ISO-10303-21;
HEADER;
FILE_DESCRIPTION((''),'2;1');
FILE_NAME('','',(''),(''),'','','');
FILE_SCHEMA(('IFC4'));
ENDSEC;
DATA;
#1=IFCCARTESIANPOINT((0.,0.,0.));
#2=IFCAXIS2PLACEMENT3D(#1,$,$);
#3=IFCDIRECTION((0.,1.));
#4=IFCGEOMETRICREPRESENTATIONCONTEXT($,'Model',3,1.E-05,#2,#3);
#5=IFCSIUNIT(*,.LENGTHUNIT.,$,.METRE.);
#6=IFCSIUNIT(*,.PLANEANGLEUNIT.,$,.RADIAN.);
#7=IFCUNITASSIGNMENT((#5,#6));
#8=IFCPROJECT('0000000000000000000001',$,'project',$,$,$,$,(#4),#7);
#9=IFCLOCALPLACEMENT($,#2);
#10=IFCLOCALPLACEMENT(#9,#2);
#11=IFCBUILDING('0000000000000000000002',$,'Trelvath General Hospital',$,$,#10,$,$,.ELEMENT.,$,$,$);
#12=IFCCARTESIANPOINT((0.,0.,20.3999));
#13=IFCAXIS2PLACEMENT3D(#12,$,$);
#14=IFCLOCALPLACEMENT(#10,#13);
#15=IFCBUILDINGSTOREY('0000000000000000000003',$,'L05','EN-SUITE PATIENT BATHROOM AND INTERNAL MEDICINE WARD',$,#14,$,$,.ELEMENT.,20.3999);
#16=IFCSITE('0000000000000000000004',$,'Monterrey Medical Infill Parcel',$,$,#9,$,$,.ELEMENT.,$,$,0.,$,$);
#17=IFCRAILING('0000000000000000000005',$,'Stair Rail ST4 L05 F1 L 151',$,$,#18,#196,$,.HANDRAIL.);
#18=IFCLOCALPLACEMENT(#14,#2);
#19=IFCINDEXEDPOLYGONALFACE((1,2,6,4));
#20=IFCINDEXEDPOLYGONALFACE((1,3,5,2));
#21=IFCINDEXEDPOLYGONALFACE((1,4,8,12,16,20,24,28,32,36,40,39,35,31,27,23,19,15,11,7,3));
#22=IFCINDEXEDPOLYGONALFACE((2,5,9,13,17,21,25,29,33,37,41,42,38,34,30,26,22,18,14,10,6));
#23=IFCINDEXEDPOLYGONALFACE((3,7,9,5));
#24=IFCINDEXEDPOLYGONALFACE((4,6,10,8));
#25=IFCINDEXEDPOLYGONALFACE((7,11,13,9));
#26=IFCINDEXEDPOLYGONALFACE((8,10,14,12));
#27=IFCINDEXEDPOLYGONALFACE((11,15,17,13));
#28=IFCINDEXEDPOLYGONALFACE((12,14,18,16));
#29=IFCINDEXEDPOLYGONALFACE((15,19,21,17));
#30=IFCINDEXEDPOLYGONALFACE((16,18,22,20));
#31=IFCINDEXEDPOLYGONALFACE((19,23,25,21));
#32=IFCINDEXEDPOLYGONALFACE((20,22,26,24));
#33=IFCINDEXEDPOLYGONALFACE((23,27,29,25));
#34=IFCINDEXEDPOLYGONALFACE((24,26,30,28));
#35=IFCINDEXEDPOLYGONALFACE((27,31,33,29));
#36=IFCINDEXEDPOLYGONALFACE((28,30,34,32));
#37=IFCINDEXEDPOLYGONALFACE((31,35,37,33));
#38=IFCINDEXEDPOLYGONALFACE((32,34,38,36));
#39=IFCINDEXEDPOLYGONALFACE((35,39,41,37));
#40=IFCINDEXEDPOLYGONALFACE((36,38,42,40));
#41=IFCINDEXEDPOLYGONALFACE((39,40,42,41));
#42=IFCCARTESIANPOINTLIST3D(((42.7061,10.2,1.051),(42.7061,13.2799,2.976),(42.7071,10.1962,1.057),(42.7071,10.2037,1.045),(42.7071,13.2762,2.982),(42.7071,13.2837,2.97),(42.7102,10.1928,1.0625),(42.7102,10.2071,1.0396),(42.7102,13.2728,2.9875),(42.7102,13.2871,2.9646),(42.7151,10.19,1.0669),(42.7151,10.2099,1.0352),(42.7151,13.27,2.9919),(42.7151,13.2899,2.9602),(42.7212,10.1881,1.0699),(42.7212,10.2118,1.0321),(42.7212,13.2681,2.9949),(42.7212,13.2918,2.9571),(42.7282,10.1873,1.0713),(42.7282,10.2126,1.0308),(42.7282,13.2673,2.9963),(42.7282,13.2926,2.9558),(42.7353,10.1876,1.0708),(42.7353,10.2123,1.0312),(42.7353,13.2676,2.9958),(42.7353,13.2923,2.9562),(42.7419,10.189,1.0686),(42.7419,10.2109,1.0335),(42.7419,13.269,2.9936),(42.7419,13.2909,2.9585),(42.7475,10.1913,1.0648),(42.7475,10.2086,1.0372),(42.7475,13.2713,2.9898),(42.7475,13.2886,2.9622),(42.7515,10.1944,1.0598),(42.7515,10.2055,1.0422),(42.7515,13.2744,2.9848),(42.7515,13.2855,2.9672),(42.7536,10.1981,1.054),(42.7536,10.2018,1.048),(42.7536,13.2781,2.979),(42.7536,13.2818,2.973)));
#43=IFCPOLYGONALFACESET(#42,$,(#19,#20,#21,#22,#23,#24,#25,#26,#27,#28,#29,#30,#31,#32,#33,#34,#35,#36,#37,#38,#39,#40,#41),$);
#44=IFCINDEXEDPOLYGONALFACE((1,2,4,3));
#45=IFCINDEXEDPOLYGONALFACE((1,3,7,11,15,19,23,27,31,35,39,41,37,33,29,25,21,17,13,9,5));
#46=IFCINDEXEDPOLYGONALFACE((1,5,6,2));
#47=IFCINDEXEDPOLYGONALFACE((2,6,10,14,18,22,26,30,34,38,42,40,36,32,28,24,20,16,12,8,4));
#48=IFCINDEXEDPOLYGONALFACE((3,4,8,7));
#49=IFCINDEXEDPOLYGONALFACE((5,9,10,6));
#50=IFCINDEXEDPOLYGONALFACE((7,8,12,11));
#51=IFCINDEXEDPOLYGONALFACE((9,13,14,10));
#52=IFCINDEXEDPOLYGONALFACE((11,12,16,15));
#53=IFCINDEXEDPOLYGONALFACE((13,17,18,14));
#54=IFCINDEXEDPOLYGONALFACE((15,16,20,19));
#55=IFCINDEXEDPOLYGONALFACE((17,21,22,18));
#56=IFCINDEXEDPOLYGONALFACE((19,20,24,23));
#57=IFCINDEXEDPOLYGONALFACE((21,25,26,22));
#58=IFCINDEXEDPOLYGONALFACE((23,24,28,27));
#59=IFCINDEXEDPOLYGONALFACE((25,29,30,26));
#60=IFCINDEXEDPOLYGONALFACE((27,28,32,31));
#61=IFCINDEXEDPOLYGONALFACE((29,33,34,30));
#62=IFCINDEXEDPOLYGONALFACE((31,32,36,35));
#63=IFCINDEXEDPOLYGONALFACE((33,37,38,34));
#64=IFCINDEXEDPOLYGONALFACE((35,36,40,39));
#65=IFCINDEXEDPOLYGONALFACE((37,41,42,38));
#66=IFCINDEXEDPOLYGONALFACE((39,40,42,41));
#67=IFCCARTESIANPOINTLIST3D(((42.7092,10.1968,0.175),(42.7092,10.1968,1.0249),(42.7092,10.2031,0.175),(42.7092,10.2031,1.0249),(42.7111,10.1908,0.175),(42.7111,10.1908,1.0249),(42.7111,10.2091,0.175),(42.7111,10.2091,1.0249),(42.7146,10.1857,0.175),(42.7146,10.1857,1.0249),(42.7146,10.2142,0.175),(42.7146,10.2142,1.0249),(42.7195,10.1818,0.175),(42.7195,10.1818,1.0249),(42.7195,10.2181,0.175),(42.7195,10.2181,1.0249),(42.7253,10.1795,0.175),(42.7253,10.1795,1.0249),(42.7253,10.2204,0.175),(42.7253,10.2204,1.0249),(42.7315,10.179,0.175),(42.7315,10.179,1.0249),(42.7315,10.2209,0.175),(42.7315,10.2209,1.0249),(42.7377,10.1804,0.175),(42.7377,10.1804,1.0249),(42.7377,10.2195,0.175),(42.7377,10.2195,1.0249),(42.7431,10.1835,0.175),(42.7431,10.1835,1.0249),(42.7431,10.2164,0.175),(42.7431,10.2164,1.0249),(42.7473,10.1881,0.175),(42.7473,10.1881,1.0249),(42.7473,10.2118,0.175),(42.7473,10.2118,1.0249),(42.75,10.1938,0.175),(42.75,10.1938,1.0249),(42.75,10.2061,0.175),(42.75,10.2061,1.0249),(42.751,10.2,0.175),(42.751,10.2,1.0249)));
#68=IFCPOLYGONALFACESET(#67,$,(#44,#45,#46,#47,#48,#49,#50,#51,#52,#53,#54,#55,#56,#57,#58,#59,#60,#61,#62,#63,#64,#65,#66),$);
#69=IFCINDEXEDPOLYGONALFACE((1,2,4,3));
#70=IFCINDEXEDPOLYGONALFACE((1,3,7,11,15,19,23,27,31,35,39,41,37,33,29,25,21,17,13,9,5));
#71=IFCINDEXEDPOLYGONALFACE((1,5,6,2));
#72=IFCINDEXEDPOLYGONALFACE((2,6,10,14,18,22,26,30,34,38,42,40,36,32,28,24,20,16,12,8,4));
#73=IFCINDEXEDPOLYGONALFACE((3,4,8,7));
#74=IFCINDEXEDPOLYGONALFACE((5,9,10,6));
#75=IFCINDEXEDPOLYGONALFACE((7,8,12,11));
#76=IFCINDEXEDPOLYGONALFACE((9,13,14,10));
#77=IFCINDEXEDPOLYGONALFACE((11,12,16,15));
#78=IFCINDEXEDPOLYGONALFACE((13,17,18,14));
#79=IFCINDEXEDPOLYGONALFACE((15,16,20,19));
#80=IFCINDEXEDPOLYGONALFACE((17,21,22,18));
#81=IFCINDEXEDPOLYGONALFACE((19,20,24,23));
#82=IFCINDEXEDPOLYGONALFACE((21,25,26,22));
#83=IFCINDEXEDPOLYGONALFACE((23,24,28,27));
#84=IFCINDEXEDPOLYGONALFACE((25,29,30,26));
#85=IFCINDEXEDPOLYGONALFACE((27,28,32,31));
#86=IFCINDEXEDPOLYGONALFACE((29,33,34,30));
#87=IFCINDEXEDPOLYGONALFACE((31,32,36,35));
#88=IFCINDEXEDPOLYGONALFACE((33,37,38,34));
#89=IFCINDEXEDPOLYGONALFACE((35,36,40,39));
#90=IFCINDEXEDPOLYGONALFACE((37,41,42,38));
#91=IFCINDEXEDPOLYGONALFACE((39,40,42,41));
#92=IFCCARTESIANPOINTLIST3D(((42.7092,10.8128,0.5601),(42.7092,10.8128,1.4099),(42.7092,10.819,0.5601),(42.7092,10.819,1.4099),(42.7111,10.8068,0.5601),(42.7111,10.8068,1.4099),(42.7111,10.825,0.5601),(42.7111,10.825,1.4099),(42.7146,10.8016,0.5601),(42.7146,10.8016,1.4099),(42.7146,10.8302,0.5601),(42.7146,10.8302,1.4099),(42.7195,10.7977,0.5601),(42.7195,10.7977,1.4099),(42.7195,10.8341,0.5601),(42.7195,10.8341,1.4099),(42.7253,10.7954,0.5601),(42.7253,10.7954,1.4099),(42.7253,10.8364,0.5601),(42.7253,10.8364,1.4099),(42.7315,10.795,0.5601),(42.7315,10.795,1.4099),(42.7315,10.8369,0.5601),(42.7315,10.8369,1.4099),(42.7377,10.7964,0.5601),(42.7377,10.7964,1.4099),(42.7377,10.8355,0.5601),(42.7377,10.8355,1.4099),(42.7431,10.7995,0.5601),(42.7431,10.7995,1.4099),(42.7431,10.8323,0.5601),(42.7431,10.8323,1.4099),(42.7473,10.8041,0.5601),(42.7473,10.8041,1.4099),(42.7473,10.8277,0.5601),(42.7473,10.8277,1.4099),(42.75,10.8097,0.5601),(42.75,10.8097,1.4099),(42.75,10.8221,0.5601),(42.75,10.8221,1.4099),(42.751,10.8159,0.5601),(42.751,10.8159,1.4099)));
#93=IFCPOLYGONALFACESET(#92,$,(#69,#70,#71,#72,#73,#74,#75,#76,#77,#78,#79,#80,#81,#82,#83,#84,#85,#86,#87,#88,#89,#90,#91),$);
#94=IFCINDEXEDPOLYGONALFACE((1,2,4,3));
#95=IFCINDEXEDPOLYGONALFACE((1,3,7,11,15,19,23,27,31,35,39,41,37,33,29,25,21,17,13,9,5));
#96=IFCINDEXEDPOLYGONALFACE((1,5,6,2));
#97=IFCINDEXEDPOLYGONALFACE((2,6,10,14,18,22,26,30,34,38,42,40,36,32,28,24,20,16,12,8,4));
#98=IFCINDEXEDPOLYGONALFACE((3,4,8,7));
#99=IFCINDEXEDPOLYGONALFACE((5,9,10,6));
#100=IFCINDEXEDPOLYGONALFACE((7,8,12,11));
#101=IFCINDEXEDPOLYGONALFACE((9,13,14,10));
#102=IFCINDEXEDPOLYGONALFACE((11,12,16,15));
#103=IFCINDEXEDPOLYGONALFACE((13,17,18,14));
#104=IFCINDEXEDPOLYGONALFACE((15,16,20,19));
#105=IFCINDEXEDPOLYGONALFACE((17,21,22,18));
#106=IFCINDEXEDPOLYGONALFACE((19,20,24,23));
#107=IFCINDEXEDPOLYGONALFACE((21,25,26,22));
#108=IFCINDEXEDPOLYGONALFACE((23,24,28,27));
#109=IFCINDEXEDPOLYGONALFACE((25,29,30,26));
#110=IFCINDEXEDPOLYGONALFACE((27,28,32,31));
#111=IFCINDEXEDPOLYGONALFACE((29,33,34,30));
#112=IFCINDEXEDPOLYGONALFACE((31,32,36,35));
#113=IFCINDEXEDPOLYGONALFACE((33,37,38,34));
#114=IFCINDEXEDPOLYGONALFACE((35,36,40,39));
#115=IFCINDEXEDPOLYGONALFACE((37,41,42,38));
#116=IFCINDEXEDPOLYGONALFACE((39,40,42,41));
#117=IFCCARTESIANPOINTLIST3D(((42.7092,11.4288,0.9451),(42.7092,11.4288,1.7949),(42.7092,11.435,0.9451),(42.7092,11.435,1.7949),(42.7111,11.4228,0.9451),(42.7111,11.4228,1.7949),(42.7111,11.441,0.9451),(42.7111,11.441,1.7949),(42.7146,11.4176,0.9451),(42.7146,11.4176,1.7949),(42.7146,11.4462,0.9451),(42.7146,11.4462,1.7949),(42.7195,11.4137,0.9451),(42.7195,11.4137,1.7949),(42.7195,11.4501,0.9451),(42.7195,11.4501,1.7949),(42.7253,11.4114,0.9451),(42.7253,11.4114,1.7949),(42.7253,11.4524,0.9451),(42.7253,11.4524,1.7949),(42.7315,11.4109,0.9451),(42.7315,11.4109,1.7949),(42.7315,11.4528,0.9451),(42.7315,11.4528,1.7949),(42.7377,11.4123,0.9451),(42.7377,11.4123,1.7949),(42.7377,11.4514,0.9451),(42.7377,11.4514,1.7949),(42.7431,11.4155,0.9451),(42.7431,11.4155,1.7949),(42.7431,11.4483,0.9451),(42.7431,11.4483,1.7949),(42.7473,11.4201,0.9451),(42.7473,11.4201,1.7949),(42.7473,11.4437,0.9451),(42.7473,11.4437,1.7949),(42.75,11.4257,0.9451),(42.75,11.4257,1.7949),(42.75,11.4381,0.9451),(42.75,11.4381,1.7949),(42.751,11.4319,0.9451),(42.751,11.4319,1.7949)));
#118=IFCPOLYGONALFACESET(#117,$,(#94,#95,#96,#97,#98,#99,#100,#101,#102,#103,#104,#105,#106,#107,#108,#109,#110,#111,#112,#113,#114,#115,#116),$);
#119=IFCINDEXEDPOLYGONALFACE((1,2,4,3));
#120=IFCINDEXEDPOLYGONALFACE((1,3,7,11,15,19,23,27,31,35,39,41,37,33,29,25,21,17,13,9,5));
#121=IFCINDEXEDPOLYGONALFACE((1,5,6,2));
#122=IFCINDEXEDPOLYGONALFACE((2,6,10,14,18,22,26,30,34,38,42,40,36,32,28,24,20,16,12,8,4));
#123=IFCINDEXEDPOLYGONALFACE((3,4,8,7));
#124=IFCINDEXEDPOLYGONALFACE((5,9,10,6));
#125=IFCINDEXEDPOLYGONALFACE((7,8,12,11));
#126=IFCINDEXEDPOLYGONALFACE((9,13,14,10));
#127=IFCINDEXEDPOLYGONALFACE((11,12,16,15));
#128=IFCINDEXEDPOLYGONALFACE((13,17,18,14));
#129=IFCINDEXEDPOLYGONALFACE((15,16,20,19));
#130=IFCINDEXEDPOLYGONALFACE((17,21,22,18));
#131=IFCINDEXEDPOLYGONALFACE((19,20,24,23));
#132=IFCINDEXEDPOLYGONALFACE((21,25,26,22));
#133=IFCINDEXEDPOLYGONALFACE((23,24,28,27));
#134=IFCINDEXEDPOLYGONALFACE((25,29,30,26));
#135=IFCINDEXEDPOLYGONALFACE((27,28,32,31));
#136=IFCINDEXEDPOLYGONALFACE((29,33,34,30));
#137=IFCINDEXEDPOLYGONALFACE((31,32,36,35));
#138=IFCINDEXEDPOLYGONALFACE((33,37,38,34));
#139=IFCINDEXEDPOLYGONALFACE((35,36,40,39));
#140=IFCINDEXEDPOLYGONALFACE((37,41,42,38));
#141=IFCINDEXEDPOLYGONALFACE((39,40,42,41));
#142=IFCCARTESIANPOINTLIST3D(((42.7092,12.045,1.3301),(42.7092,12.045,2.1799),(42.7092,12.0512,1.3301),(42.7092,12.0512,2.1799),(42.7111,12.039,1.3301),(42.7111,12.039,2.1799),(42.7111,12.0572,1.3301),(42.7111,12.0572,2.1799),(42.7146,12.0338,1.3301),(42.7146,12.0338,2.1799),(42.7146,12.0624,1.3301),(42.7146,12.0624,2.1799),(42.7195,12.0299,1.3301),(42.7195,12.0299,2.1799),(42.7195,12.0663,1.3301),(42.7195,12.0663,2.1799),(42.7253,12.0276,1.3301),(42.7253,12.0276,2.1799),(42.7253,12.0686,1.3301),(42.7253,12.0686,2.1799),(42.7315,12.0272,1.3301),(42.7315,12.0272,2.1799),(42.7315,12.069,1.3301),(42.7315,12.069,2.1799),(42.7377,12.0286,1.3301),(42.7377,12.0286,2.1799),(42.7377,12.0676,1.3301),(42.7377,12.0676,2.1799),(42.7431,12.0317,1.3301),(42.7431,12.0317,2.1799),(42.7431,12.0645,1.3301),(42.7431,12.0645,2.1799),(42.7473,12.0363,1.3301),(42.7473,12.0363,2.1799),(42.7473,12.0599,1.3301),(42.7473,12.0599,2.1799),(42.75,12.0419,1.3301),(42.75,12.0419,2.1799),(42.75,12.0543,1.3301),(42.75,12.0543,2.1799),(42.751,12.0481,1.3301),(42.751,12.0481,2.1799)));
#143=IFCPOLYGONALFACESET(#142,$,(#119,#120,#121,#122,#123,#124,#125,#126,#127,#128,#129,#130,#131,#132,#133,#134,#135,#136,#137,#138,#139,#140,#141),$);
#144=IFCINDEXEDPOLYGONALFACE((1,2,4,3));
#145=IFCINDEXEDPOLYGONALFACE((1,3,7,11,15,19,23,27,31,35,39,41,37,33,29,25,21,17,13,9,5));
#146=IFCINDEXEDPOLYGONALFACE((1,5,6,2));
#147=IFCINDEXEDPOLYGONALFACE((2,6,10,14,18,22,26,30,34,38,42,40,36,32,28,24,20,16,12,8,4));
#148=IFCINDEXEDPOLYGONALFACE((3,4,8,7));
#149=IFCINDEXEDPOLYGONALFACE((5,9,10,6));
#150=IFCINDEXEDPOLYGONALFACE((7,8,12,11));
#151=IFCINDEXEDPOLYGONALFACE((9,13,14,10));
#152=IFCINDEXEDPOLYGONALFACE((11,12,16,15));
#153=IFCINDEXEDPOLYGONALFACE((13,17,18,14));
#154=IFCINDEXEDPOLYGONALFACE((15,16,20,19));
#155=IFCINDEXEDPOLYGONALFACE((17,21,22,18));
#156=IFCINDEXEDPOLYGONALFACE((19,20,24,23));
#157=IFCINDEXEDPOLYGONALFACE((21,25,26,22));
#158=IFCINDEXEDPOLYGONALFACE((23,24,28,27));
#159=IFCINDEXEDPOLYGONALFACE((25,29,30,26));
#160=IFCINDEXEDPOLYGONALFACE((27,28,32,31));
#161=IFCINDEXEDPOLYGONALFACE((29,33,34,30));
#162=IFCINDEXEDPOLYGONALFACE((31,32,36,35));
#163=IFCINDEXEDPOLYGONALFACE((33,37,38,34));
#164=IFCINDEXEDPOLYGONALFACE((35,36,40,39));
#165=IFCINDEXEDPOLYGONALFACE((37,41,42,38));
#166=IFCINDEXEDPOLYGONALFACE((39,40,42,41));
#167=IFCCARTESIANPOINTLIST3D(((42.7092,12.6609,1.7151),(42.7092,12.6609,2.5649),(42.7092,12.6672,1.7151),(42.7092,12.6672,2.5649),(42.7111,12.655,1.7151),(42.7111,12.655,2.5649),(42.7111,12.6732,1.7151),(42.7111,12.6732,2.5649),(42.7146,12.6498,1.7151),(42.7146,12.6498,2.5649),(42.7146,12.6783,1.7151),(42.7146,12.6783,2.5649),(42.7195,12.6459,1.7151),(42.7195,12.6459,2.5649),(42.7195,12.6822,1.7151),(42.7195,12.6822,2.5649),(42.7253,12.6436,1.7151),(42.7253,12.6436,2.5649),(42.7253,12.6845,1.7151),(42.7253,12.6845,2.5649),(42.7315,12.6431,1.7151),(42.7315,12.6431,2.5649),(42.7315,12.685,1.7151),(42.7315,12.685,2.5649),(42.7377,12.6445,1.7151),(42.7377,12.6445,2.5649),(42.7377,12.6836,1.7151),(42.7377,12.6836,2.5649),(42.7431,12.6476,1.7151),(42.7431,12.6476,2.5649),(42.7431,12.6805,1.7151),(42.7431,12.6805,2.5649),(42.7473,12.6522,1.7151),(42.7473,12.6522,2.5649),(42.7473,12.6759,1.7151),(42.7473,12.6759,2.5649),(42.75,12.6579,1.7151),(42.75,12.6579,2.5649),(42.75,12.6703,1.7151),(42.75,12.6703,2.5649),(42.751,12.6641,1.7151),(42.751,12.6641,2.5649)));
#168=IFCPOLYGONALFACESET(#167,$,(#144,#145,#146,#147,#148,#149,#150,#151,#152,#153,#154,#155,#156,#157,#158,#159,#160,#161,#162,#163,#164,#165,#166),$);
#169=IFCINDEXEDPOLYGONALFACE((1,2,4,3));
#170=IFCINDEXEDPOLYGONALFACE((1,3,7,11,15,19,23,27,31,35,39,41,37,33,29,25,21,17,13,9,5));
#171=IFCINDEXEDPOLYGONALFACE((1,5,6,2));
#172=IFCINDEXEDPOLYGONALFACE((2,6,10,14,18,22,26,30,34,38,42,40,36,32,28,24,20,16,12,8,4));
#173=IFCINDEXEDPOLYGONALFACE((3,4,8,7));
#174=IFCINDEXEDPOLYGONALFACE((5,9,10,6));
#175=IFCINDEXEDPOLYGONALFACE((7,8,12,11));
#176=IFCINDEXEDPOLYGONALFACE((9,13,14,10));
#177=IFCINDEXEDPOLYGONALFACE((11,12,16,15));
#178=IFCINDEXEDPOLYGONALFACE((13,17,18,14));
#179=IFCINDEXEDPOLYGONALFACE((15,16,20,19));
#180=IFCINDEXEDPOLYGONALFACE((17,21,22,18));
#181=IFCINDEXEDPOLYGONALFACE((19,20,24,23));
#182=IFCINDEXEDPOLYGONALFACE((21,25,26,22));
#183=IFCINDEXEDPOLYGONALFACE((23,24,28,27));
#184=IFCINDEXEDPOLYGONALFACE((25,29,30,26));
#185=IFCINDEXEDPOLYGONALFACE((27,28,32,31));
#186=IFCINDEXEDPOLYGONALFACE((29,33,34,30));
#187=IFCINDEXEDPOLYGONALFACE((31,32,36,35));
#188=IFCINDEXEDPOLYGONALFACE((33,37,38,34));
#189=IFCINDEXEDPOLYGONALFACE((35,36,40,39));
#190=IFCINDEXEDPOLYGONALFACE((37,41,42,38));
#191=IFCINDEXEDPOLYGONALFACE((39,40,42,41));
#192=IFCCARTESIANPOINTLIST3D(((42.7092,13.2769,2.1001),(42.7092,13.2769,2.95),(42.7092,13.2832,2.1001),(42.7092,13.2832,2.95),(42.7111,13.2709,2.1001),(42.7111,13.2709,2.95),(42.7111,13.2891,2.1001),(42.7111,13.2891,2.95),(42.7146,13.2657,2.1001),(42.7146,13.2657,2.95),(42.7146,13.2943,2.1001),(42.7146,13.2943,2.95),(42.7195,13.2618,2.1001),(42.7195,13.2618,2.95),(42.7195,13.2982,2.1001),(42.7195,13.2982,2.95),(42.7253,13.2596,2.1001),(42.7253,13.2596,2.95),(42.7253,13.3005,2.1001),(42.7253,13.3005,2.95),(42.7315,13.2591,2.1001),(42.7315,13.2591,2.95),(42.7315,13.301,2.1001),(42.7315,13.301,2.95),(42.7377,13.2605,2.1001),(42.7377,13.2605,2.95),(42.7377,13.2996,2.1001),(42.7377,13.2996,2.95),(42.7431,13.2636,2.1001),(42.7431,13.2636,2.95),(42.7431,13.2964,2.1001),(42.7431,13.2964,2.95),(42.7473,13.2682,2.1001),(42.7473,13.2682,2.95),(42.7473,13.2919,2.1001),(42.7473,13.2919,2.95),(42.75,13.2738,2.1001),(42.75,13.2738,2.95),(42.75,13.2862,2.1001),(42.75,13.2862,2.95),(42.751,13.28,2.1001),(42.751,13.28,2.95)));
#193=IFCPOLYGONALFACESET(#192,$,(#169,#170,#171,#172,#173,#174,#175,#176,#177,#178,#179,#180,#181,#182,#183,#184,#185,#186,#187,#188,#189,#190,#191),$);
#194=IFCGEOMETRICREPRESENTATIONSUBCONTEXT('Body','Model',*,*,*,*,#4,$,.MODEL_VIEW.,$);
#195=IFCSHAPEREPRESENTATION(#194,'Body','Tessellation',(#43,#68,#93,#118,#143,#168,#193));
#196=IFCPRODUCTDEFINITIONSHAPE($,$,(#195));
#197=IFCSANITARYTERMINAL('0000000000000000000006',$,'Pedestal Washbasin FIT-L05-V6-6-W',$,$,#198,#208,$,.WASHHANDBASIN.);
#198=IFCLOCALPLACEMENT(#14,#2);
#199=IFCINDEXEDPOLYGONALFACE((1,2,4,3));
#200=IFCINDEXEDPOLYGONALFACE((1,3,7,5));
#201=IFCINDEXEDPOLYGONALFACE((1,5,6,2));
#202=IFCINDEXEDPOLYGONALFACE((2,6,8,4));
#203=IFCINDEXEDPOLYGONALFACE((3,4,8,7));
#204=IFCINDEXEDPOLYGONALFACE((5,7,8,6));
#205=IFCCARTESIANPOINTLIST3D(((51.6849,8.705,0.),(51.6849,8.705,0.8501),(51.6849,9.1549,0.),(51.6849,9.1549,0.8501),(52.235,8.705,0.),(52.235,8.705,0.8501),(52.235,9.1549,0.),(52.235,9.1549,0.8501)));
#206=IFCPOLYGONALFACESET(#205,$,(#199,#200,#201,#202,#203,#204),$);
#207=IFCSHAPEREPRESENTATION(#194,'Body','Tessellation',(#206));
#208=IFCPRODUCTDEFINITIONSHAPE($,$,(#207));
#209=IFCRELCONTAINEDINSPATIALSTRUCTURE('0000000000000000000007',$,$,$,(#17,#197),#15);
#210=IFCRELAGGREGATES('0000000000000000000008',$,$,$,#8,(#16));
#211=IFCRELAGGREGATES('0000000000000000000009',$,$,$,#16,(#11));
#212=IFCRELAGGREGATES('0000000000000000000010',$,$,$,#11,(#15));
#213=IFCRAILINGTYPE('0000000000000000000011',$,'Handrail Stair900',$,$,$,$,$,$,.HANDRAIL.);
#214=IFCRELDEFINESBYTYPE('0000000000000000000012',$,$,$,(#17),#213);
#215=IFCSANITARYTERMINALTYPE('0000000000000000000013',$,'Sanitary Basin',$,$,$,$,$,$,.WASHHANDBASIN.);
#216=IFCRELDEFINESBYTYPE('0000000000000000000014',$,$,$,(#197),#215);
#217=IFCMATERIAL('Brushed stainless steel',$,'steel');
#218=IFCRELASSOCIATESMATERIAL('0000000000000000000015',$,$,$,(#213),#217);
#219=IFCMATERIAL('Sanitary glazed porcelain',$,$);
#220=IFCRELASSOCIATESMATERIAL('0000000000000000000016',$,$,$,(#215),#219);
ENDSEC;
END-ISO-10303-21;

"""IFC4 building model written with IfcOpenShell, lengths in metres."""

from ifc_helpers import new_model, si_unit, direction, frame, origin, origin_2d, place, context, subcontext, project, spatial, rectangle, circle, extrude, material, type_object, element, save


model = new_model("IFC4")

# Units and contexts
model_context = context("Model", 3, precision=1e-05, world=origin(), true_north=direction((0.0, 1.0)))
body_context = subcontext(model_context, "Body", "Model", "MODEL_VIEW")
ifc_project = project(units=[si_unit("LENGTHUNIT", "METRE"), si_unit("PLANEANGLEUNIT", "RADIAN")], contexts=[model_context])

# Site, building, storey
site_placement = place(None, origin())
site = spatial("IfcSite", under=ifc_project, at=site_placement, Name="Monterrey Medical Infill Parcel", CompositionType="ELEMENT", RefElevation=0.0)
building_placement = place(site_placement, origin())
building = spatial("IfcBuilding", under=site, at=building_placement, Name="Trelvath General Hospital", CompositionType="ELEMENT")
storey_placement = place(building_placement, frame((0.0, 0.0, 20.3999)))
storey = spatial("IfcBuildingStorey", under=building, at=storey_placement, Name="L05", Description="EN-SUITE PATIENT BATHROOM AND INTERNAL MEDICINE WARD", CompositionType="ELEMENT", Elevation=20.3999)

# Railing
ifc_material_1 = material(Name="Brushed stainless steel", Category="steel")
railing_type_1 = type_object("IfcRailingType", Name="Handrail Stair900", PredefinedType="HANDRAIL", material=ifc_material_1)
railing_1_placement = place(storey_placement, frame((42.73, 10.2, 0.175)))
element("IfcRailing", 1, at=railing_1_placement, inside=storey, type_object=railing_type_1, Name="Stair Rail ST4 L05 F1 L 151", PredefinedType="HANDRAIL", context=body_context, shape_type="SweptSolid", body=[
    extrude(circle(Radius=0.0239, at=origin_2d()), frame((0.0, 0.0, 0.876), z_axis=(0.0, 0.847998, 0.529999), x_axis=(-1.0, 0.0, 0.0)), (0.0, 0.0, 1.0), 3.6321),
    extrude(circle(Radius=0.021, at=origin_2d()), origin(), (0.0, 0.0, 1.0), 0.8499),
    extrude(circle(Radius=0.021, at=origin_2d()), frame((0.0, 0.616, 0.385)), (0.0, 0.0, 1.0), 0.8499),
    extrude(circle(Radius=0.021, at=origin_2d()), frame((0.0, 1.2319, 0.77)), (0.0, 0.0, 1.0), 0.8499),
    extrude(circle(Radius=0.021, at=origin_2d()), frame((0.0, 1.8481, 1.155)), (0.0, 0.0, 1.0), 0.8499),
    extrude(circle(Radius=0.021, at=origin_2d()), frame((0.0, 2.4641, 1.54)), (0.0, 0.0, 1.0), 0.8499),
    extrude(circle(Radius=0.021, at=origin_2d()), frame((0.0, 3.0801, 1.925)), (0.0, 0.0, 1.0), 0.8499),
])

# Sanitary terminal
ifc_material_2 = material(Name="Sanitary glazed porcelain")
sanitary_terminal_type_1 = type_object("IfcSanitaryTerminalType", Name="Sanitary Basin", PredefinedType="WASHHANDBASIN", material=ifc_material_2)
sanitary_terminal_1_placement = place(storey_placement, frame((51.96, 8.9299, 0.0), z_axis=(0.0, 0.0, 1.0), x_axis=(1.0, 0.0, 0.0)))
element("IfcSanitaryTerminal", 2, at=sanitary_terminal_1_placement, inside=storey, type_object=sanitary_terminal_type_1, Name="Pedestal Washbasin FIT-L05-V6-6-W", PredefinedType="WASHHANDBASIN", context=body_context, shape_type="SweptSolid", body=[
    extrude(rectangle(XDim=0.55, YDim=0.45, at=origin_2d()), origin(), (0.0, 0.0, 1.0), 0.8501),
])

save(model, "model.ifc")
